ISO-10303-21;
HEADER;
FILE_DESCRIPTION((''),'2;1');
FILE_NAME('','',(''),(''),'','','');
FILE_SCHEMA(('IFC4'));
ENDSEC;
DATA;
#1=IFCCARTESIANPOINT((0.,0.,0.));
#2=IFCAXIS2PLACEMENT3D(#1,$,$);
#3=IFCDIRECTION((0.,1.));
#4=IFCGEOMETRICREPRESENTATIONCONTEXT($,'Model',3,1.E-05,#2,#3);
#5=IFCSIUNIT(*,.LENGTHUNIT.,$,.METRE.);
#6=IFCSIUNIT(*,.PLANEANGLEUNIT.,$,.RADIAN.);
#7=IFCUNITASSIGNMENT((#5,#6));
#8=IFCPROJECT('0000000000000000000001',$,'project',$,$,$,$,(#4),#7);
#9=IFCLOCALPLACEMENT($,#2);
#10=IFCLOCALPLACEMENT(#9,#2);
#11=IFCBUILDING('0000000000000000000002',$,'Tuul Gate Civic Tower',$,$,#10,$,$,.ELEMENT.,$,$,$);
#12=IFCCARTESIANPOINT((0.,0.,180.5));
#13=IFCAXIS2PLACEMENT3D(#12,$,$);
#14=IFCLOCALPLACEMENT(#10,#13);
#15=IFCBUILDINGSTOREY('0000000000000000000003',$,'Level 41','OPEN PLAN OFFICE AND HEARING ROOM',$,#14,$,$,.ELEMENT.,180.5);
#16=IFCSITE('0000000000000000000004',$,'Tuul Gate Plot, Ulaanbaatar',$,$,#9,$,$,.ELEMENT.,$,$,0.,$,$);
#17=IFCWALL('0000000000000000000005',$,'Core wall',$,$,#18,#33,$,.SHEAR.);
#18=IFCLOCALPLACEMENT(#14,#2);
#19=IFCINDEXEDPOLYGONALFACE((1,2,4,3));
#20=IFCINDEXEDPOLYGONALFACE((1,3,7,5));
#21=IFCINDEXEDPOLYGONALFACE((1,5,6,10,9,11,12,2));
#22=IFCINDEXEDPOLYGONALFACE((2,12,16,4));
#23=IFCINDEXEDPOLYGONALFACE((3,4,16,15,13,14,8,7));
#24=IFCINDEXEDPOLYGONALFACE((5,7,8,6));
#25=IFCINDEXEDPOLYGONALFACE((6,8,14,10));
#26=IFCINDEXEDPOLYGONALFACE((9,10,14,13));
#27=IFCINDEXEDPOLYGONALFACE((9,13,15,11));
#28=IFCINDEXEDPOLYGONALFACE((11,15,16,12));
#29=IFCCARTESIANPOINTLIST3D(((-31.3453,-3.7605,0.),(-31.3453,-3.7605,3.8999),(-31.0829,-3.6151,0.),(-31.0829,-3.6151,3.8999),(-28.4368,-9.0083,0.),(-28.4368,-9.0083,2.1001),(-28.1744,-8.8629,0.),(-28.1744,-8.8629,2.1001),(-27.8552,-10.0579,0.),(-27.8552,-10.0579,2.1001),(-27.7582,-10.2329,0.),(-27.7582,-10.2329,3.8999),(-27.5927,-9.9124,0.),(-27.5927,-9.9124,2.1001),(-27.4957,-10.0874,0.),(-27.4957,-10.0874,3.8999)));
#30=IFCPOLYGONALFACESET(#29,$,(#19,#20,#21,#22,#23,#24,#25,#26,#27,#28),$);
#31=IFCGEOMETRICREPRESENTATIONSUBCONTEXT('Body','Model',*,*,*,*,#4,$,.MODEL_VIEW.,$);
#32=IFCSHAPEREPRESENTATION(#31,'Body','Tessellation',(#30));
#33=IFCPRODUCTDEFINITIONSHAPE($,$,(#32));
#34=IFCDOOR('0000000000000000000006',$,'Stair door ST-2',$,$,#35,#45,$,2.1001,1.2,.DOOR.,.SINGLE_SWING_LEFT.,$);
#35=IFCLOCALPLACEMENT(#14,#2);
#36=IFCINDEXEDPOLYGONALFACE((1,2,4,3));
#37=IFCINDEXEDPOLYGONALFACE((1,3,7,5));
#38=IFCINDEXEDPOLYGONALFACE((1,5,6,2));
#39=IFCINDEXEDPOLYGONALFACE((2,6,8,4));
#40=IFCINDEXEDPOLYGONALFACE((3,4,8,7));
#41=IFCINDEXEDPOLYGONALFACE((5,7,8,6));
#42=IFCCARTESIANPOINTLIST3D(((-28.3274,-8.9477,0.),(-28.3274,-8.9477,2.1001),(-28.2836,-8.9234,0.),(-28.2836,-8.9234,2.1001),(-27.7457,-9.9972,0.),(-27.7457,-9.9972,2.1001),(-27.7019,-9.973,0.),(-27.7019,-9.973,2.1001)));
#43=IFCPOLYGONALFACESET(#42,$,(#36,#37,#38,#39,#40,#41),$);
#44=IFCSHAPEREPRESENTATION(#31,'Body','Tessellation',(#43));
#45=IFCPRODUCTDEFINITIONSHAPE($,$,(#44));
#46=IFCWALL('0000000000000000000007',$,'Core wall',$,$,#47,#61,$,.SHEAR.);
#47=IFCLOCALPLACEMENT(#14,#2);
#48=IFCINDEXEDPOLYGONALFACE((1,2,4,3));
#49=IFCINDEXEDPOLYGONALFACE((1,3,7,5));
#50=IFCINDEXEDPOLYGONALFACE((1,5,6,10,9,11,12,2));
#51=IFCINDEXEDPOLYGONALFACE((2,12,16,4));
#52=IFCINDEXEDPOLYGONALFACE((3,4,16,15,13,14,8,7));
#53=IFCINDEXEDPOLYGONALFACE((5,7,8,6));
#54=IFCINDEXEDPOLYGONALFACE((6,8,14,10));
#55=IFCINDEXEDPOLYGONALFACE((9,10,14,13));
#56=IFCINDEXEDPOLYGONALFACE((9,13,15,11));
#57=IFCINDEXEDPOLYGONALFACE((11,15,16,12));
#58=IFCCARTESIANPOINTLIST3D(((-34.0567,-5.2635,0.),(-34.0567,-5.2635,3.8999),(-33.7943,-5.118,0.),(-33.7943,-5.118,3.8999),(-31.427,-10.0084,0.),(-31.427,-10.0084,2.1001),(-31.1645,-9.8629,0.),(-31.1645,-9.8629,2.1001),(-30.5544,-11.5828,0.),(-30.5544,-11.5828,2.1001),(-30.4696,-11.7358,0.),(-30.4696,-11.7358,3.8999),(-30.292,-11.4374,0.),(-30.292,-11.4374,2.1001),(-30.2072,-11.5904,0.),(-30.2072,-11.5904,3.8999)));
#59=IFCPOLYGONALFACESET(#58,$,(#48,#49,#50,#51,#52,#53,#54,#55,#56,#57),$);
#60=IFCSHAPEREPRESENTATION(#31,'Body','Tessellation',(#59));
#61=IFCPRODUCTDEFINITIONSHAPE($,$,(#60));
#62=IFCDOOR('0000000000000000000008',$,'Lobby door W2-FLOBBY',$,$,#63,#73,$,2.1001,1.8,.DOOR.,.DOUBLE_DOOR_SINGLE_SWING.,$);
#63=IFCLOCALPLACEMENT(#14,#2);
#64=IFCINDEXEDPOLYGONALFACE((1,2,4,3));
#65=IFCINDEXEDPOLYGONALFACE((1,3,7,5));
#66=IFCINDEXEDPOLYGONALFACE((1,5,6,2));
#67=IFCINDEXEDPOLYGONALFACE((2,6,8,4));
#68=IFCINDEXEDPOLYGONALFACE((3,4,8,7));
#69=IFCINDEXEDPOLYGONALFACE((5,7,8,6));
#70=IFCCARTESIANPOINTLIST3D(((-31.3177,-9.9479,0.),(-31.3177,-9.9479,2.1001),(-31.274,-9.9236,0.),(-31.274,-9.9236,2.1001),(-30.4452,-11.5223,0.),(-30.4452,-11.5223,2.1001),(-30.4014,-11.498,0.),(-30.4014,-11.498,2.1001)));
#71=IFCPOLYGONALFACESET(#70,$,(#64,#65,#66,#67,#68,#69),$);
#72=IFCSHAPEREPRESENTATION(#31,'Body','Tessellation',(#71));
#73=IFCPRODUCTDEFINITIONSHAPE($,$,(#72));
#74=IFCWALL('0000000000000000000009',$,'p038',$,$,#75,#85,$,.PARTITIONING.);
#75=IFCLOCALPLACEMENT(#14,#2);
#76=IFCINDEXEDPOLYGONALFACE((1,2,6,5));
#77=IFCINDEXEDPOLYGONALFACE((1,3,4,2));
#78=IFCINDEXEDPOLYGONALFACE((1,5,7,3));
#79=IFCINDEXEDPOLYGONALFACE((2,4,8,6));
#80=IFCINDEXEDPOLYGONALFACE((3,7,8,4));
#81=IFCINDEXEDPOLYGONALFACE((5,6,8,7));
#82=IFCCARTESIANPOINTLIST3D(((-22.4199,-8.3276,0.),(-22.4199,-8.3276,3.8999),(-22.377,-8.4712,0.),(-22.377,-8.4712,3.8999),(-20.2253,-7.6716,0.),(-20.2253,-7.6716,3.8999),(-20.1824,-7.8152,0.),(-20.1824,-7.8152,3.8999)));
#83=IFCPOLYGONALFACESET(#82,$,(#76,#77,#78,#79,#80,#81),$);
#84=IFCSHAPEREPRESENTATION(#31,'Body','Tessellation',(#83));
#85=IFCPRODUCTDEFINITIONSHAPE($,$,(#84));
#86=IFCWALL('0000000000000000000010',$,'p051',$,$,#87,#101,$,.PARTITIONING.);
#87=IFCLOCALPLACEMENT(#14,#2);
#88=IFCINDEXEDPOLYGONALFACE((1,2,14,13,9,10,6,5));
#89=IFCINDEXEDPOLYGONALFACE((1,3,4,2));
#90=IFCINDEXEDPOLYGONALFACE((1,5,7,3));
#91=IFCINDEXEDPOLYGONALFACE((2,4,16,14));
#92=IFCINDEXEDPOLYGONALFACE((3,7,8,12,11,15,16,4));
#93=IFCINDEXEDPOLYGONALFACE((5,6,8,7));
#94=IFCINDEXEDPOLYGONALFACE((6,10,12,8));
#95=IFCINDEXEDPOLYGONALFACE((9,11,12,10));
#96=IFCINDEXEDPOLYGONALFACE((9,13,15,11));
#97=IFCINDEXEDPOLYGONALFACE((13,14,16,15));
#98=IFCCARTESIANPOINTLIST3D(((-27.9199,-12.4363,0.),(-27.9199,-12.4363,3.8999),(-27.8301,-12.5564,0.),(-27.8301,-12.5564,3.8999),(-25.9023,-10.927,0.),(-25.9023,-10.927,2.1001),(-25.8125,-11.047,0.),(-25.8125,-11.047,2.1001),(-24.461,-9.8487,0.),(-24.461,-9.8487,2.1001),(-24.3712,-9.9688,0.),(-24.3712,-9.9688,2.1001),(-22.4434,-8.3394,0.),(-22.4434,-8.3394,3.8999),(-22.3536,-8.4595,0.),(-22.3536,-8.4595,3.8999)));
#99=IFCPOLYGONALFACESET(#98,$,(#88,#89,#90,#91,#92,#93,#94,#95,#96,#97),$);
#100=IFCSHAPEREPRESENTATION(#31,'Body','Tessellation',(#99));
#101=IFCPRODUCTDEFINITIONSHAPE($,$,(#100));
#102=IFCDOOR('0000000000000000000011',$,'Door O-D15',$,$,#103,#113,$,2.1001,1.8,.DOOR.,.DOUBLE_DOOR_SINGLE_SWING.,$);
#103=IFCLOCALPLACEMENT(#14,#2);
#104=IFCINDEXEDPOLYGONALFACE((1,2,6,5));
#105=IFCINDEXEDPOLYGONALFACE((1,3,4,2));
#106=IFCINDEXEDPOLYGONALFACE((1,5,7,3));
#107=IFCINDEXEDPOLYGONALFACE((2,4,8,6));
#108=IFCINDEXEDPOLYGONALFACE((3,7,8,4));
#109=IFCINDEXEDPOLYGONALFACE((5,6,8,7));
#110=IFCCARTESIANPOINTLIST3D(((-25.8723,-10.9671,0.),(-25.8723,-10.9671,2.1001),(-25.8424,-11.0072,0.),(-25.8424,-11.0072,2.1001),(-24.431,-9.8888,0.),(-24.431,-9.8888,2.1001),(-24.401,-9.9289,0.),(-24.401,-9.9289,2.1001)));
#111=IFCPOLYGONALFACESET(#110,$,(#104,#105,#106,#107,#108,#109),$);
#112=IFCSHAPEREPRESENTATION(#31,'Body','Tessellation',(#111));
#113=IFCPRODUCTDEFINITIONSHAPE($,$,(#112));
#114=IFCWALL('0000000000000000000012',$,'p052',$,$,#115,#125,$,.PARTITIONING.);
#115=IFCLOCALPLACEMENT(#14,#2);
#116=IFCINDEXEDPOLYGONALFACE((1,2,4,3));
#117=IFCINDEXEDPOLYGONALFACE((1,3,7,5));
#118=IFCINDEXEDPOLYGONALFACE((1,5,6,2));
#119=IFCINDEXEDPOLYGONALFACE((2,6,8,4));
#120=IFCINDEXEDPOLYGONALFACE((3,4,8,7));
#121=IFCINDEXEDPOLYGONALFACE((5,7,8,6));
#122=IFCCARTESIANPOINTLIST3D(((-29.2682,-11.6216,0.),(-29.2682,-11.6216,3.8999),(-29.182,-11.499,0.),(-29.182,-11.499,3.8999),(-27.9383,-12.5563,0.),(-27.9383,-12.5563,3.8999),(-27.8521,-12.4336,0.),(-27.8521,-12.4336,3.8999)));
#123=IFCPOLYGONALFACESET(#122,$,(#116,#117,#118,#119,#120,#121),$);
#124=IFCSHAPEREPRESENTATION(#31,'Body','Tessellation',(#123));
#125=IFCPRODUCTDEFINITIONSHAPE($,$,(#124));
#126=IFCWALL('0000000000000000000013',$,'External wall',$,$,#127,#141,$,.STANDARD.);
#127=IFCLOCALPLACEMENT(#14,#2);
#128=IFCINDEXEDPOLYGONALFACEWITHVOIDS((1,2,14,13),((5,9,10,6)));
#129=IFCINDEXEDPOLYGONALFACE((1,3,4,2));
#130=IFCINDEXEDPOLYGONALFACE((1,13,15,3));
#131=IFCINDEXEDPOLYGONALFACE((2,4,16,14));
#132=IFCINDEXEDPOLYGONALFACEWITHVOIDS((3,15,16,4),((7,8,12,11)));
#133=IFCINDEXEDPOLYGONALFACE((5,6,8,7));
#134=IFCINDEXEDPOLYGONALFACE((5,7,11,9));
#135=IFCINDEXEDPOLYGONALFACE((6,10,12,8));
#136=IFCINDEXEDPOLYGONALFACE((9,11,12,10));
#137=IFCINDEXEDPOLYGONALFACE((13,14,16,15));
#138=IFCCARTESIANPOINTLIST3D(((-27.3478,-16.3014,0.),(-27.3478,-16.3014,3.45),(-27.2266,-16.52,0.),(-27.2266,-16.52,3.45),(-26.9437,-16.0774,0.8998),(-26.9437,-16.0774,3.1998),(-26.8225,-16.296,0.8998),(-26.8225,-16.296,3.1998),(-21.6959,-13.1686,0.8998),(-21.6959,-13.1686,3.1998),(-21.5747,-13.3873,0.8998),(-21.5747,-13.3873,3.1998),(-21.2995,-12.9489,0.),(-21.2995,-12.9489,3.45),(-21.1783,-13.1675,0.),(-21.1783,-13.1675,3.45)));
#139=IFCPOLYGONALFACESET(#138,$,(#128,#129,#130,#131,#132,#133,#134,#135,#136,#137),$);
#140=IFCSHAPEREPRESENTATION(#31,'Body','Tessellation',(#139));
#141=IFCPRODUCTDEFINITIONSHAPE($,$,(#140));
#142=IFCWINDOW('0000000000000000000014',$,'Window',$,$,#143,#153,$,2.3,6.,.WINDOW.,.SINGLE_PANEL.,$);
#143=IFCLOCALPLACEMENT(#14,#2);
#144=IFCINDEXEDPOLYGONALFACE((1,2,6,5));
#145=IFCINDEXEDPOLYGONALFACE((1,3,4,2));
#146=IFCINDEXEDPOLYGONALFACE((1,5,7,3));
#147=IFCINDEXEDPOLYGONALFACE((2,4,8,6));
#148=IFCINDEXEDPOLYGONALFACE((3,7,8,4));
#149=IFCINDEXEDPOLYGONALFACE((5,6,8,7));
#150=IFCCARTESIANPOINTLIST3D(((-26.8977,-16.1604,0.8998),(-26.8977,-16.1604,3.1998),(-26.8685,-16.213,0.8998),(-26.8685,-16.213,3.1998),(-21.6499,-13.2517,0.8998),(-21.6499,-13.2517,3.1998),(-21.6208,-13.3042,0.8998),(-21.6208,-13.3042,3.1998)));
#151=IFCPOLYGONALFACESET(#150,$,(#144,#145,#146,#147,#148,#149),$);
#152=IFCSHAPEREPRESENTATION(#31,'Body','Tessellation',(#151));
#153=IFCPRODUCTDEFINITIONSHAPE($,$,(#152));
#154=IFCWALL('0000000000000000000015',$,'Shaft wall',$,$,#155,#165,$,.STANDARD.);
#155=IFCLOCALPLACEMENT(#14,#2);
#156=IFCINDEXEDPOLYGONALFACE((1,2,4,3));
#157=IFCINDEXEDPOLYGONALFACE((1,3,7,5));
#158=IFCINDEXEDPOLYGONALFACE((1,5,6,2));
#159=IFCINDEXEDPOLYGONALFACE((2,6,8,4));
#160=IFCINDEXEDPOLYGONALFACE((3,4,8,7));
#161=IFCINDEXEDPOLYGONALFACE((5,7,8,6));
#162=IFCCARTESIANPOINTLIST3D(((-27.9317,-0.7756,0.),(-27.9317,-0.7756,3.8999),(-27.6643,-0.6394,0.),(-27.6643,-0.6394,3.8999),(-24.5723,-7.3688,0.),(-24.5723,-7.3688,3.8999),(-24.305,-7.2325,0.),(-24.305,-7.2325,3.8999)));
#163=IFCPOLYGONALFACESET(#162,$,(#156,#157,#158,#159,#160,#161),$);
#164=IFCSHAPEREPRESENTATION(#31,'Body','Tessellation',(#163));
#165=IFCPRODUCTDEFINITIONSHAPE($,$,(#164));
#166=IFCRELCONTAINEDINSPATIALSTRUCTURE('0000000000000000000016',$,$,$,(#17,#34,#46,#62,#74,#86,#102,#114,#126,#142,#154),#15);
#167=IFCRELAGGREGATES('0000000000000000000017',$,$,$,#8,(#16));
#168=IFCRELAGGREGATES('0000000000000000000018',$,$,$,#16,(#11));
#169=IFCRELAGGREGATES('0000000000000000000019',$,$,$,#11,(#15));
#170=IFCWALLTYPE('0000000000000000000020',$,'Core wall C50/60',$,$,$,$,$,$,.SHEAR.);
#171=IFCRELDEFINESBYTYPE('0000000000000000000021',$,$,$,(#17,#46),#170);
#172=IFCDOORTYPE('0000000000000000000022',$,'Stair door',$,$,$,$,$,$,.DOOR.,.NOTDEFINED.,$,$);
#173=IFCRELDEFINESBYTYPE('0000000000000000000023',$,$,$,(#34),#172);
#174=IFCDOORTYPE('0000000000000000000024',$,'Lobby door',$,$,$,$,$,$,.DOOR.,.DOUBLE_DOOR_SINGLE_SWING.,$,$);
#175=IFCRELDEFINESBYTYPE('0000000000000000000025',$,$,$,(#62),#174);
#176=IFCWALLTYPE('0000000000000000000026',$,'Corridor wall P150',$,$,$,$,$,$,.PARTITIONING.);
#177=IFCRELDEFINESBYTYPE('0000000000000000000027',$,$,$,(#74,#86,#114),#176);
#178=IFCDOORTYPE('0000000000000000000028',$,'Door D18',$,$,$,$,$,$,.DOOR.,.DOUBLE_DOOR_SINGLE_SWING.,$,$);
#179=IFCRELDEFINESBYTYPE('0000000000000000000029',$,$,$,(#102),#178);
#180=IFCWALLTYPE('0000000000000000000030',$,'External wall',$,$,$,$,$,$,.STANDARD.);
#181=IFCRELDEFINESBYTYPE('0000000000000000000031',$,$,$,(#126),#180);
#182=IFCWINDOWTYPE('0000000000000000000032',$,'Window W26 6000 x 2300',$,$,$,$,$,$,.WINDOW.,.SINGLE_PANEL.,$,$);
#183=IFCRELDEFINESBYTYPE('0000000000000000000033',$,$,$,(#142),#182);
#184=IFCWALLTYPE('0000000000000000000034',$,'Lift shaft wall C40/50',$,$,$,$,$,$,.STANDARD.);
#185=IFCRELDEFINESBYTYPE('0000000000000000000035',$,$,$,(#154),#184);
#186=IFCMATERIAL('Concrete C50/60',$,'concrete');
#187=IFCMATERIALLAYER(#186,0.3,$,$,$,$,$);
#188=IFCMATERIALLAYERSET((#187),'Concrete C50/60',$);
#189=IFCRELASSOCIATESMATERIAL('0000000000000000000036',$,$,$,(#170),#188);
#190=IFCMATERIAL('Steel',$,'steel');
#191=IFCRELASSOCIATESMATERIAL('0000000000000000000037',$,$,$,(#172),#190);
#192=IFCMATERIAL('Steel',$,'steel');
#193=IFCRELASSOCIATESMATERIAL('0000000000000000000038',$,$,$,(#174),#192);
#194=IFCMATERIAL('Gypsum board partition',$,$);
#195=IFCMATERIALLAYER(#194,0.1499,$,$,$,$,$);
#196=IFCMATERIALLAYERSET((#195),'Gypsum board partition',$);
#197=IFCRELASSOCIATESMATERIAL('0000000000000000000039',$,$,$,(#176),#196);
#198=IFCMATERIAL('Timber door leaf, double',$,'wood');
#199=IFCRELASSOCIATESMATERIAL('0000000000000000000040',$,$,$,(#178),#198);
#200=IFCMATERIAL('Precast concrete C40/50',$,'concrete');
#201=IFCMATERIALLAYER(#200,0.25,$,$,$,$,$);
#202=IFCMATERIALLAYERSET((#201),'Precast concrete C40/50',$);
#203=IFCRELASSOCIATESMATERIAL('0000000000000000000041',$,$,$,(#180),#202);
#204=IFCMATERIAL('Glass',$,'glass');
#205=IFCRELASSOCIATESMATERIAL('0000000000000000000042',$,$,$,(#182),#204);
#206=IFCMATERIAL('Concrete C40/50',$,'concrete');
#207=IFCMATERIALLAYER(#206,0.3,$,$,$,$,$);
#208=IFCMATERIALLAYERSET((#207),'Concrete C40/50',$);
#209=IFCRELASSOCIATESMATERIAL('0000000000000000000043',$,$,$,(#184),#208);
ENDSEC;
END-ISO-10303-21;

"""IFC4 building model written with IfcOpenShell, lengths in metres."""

from ifc_helpers import new_model, si_unit, direction, frame, frame_2d, origin, place, context, subcontext, project, spatial, rectangle, extrude, material, layer, layer_set, type_object, element, fill, save


model = new_model("IFC4")

# Units and contexts
model_context = context("Model", 3, precision=1e-05, world=origin(), true_north=direction((0.0, 1.0)))
body_context = subcontext(model_context, "Body", "Model", "MODEL_VIEW")
ifc_project = project(units=[si_unit("LENGTHUNIT", "METRE"), si_unit("PLANEANGLEUNIT", "RADIAN")], contexts=[model_context])

# Site, building, storey
site_placement = place(None, origin())
site = spatial("IfcSite", under=ifc_project, at=site_placement, Name="Tuul Gate Plot, Ulaanbaatar", CompositionType="ELEMENT", RefElevation=0.0)
building_placement = place(site_placement, origin())
building = spatial("IfcBuilding", under=site, at=building_placement, Name="Tuul Gate Civic Tower", CompositionType="ELEMENT")
storey_placement = place(building_placement, frame((0.0, 0.0, 180.5)))
storey = spatial("IfcBuildingStorey", under=building, at=storey_placement, Name="Level 41", Description="OPEN PLAN OFFICE AND HEARING ROOM", CompositionType="ELEMENT", Elevation=180.5)

# Shared definitions
ifc_material_1 = material(Name="Concrete C50/60", Category="concrete")
ifc_layer_1 = layer(ifc_material_1, 0.3)
ifc_layer_set_1 = layer_set([ifc_layer_1], Name="Concrete C50/60")
wall_type_1 = type_object("IfcWallType", Name="Core wall C50/60", PredefinedType="SHEAR", material=ifc_layer_set_1)

# Walls, openings, doors
wall_1_placement = place(storey_placement, frame((-27.627, -10.1602, 0.0), z_axis=(0.0, 0.0, 1.0), x_axis=(-0.484752, 0.874652, 0.0)))
wall_1 = element("IfcWall", 1, at=wall_1_placement, inside=storey, type_object=wall_type_1, Name="Core wall", PredefinedType="SHEAR", context=body_context, shape_type="SweptSolid", body=[
    extrude(rectangle(XDim=7.3999, YDim=0.3, at=frame_2d((3.7, 0.0))), origin(), (0.0, 0.0, 1.0), 3.8999),
])
opening_1_placement = place(wall_1_placement, frame((0.2, 0.0, 0.0)))
opening_1 = element("IfcOpeningElement", 2, at=opening_1_placement, cuts=wall_1, PredefinedType="OPENING", context=body_context, shape_type="SweptSolid", body=[
    extrude(rectangle(XDim=1.2, YDim=2.1001, at=frame_2d((0.6001, 1.05))), frame((0.0, 0.1602, 0.0), z_axis=(0.0, -1.0, 0.0), x_axis=(1.0, 0.0, 0.0)), (0.0, 0.0, 1.0), 0.3201),
])
ifc_material_2 = material(Name="Steel", Category="steel")
door_type_1 = type_object("IfcDoorType", Name="Stair door", OperationType="NOTDEFINED", PredefinedType="DOOR", material=ifc_material_2)
door_1_placement = place(opening_1_placement, origin())
door_1 = element("IfcDoor", 3, at=door_1_placement, inside=storey, type_object=door_type_1, Name="Stair door ST-2", OperationType="SINGLE_SWING_LEFT", OverallHeight=2.1001, OverallWidth=1.2, PredefinedType="DOOR", context=body_context, shape_type="SweptSolid", body=[
    extrude(rectangle(XDim=1.2, YDim=2.1001, at=frame_2d((0.6001, 1.05))), frame((0.0, 0.0249, 0.0), z_axis=(0.0, -1.0, 0.0), x_axis=(1.0, 0.0, 0.0)), (0.0, 0.0, 1.0), 0.05),
])
fill(opening_1, door_1)
wall_2_placement = place(storey_placement, frame((-30.3384, -11.6631, 0.0), z_axis=(0.0, 0.0, 1.0), x_axis=(-0.484752, 0.874652, 0.0)))
wall_2 = element("IfcWall", 4, at=wall_2_placement, inside=storey, type_object=wall_type_1, Name="Core wall", PredefinedType="SHEAR", context=body_context, shape_type="SweptSolid", body=[
    extrude(rectangle(XDim=7.3999, YDim=0.3, at=frame_2d((3.7, 0.0))), origin(), (0.0, 0.0, 1.0), 3.8999),
])
opening_2_placement = place(wall_2_placement, frame((0.175, 0.0, 0.0)))
opening_2 = element("IfcOpeningElement", 5, at=opening_2_placement, cuts=wall_2, PredefinedType="OPENING", context=body_context, shape_type="SweptSolid", body=[
    extrude(rectangle(XDim=1.8, YDim=2.1001, at=frame_2d((0.8999, 1.05))), frame((0.0, 0.1602, 0.0), z_axis=(0.0, -1.0, 0.0), x_axis=(1.0, 0.0, 0.0)), (0.0, 0.0, 1.0), 0.3201),
])
ifc_material_3 = material(Name="Steel", Category="steel")
door_type_2 = type_object("IfcDoorType", Name="Lobby door", OperationType="DOUBLE_DOOR_SINGLE_SWING", PredefinedType="DOOR", material=ifc_material_3)
door_2_placement = place(opening_2_placement, frame((1.8, 0.0, 0.0), z_axis=(0.0, 0.0, 1.0), x_axis=(-1.0, 0.0, 0.0)))
door_2 = element("IfcDoor", 6, at=door_2_placement, inside=storey, type_object=door_type_2, Name="Lobby door W2-FLOBBY", OperationType="DOUBLE_DOOR_SINGLE_SWING", OverallHeight=2.1001, OverallWidth=1.8, PredefinedType="DOOR", context=body_context, shape_type="SweptSolid", body=[
    extrude(rectangle(XDim=1.8, YDim=2.1001, at=frame_2d((0.9001, 1.05))), frame((0.0, 0.0249, 0.0), z_axis=(0.0, -1.0, 0.0), x_axis=(1.0, 0.0, 0.0)), (0.0, 0.0, 1.0), 0.05),
])
fill(opening_2, door_2)

# Wall
ifc_material_4 = material(Name="Gypsum board partition")
ifc_layer_2 = layer(ifc_material_4, 0.1499)
ifc_layer_set_2 = layer_set([ifc_layer_2], Name="Gypsum board partition")
wall_type_2 = type_object("IfcWallType", Name="Corridor wall P150", PredefinedType="PARTITIONING", material=ifc_layer_set_2)
wall_3_placement = place(storey_placement, frame((-22.3984, -8.3994, 0.0), z_axis=(0.0, 0.0, 1.0), x_axis=(0.95811, 0.286399, 0.0)))
element("IfcWall", 7, at=wall_3_placement, inside=storey, type_object=wall_type_2, Name="p038", PredefinedType="PARTITIONING", context=body_context, shape_type="SweptSolid", body=[
    extrude(rectangle(XDim=2.2905, YDim=0.1499, at=frame_2d((1.1453, 0.0))), origin(), (0.0, 0.0, 1.0), 3.8999),
])

# Wall, opening, door
wall_4_placement = place(storey_placement, frame((-27.875, -12.4963, 0.0), z_axis=(0.0, 0.0, 1.0), x_axis=(0.800736, 0.599017, 0.0)))
wall_4 = element("IfcWall", 8, at=wall_4_placement, inside=storey, type_object=wall_type_2, Name="p051", PredefinedType="PARTITIONING", context=body_context, shape_type="SweptSolid", body=[
    extrude(rectangle(XDim=6.8394, YDim=0.1499, at=frame_2d((3.4197, 0.0))), origin(), (0.0, 0.0, 1.0), 3.8999),
])
opening_3_placement = place(wall_4_placement, frame((2.5198, 0.0, 0.0)))
opening_3 = element("IfcOpeningElement", 9, at=opening_3_placement, cuts=wall_4, PredefinedType="OPENING", context=body_context, shape_type="SweptSolid", body=[
    extrude(rectangle(XDim=1.8, YDim=2.1001, at=frame_2d((0.8999, 1.05))), frame((0.0, 0.085, 0.0), z_axis=(0.0, -1.0, 0.0), x_axis=(1.0, 0.0, 0.0)), (0.0, 0.0, 1.0), 0.1699),
])
ifc_material_5 = material(Name="Timber door leaf, double", Category="wood")
door_type_3 = type_object("IfcDoorType", Name="Door D18", OperationType="DOUBLE_DOOR_SINGLE_SWING", PredefinedType="DOOR", material=ifc_material_5)
door_3_placement = place(opening_3_placement, origin())
door_3 = element("IfcDoor", 10, at=door_3_placement, inside=storey, type_object=door_type_3, Name="Door O-D15", OperationType="DOUBLE_DOOR_SINGLE_SWING", OverallHeight=2.1001, OverallWidth=1.8, PredefinedType="DOOR", context=body_context, shape_type="SweptSolid", body=[
    extrude(rectangle(XDim=1.8, YDim=2.1001, at=frame_2d((0.8999, 1.05))), frame((0.0, 0.0249, 0.0), z_axis=(0.0, -1.0, 0.0), x_axis=(1.0, 0.0, 0.0)), (0.0, 0.0, 1.0), 0.05),
])
fill(opening_3, door_3)

# Wall
wall_5_placement = place(storey_placement, frame((-29.2251, -11.5603, 0.0), z_axis=(0.0, 0.0, 1.0), x_axis=(0.818165, -0.574984, 0.0)))
element("IfcWall", 11, at=wall_5_placement, inside=storey, type_object=wall_type_2, Name="p052", PredefinedType="PARTITIONING", context=body_context, shape_type="SweptSolid", body=[
    extrude(rectangle(XDim=1.6255, YDim=0.1499, at=frame_2d((0.8127, 0.0))), origin(), (0.0, 0.0, 1.0), 3.8999),
])

# Wall, opening, window
ifc_material_6 = material(Name="Precast concrete C40/50", Category="concrete")
ifc_layer_3 = layer(ifc_material_6, 0.25)
ifc_layer_set_3 = layer_set([ifc_layer_3], Name="Precast concrete C40/50")
wall_type_3 = type_object("IfcWallType", Name="External wall", PredefinedType="STANDARD", material=ifc_layer_set_3)
wall_6_placement = place(storey_placement, frame((-27.2871, -16.4106, 0.0), z_axis=(0.0, 0.0, 1.0), x_axis=(0.874626, 0.484797, 0.0)))
wall_6 = element("IfcWall", 12, at=wall_6_placement, inside=storey, type_object=wall_type_3, Name="External wall", PredefinedType="STANDARD", context=body_context, shape_type="SweptSolid", body=[
    extrude(rectangle(XDim=6.9153, YDim=0.25, at=frame_2d((3.4575, 0.0))), origin(), (0.0, 0.0, 1.0), 3.45),
])
opening_4_placement = place(wall_6_placement, frame((0.4619, 0.0, 0.8999)))
opening_4 = element("IfcOpeningElement", 13, at=opening_4_placement, cuts=wall_6, PredefinedType="OPENING", context=body_context, shape_type="SweptSolid", body=[
    extrude(rectangle(XDim=6.0, YDim=2.3, at=frame_2d((3.0, 1.1499))), frame((0.0, 0.135, 0.0), z_axis=(0.0, -1.0, 0.0), x_axis=(1.0, 0.0, 0.0)), (0.0, 0.0, 1.0), 0.27),
])
ifc_material_7 = material(Name="Glass", Category="glass")
window_type = type_object("IfcWindowType", Name="Window W26 6000 x 2300", PartitioningType="SINGLE_PANEL", PredefinedType="WINDOW", material=ifc_material_7)
window_placement = place(opening_4_placement, origin())
window = element("IfcWindow", 14, at=window_placement, inside=storey, type_object=window_type, Name="Window", OverallHeight=2.3, OverallWidth=6.0, PartitioningType="SINGLE_PANEL", PredefinedType="WINDOW", context=body_context, shape_type="SweptSolid", body=[
    extrude(rectangle(XDim=6.0, YDim=2.3, at=frame_2d((3.0, 1.1499))), frame((0.0, 0.03, 0.0), z_axis=(0.0, -1.0, 0.0), x_axis=(1.0, 0.0, 0.0)), (0.0, 0.0, 1.0), 0.0601),
])
fill(opening_4, window)

# Wall
ifc_material_8 = material(Name="Concrete C40/50", Category="concrete")
ifc_layer_4 = layer(ifc_material_8, 0.3)
ifc_layer_set_4 = layer_set([ifc_layer_4], Name="Concrete C40/50")
wall_type_4 = type_object("IfcWallType", Name="Lift shaft wall C40/50", PredefinedType="STANDARD", material=ifc_layer_set_4)
wall_7_placement = place(storey_placement, frame((-24.4387, -7.3005, 0.0), z_axis=(0.0, 0.0, 1.0), x_axis=(-0.453984, 0.89101, 0.0)))
element("IfcWall", 15, at=wall_7_placement, inside=storey, type_object=wall_type_4, Name="Shaft wall", PredefinedType="STANDARD", context=body_context, shape_type="SweptSolid", body=[
    extrude(rectangle(XDim=7.3997, YDim=0.3, at=frame_2d((3.6997, 0.0))), origin(), (0.0, 0.0, 1.0), 3.8999),
])

save(model, "model.ifc")
